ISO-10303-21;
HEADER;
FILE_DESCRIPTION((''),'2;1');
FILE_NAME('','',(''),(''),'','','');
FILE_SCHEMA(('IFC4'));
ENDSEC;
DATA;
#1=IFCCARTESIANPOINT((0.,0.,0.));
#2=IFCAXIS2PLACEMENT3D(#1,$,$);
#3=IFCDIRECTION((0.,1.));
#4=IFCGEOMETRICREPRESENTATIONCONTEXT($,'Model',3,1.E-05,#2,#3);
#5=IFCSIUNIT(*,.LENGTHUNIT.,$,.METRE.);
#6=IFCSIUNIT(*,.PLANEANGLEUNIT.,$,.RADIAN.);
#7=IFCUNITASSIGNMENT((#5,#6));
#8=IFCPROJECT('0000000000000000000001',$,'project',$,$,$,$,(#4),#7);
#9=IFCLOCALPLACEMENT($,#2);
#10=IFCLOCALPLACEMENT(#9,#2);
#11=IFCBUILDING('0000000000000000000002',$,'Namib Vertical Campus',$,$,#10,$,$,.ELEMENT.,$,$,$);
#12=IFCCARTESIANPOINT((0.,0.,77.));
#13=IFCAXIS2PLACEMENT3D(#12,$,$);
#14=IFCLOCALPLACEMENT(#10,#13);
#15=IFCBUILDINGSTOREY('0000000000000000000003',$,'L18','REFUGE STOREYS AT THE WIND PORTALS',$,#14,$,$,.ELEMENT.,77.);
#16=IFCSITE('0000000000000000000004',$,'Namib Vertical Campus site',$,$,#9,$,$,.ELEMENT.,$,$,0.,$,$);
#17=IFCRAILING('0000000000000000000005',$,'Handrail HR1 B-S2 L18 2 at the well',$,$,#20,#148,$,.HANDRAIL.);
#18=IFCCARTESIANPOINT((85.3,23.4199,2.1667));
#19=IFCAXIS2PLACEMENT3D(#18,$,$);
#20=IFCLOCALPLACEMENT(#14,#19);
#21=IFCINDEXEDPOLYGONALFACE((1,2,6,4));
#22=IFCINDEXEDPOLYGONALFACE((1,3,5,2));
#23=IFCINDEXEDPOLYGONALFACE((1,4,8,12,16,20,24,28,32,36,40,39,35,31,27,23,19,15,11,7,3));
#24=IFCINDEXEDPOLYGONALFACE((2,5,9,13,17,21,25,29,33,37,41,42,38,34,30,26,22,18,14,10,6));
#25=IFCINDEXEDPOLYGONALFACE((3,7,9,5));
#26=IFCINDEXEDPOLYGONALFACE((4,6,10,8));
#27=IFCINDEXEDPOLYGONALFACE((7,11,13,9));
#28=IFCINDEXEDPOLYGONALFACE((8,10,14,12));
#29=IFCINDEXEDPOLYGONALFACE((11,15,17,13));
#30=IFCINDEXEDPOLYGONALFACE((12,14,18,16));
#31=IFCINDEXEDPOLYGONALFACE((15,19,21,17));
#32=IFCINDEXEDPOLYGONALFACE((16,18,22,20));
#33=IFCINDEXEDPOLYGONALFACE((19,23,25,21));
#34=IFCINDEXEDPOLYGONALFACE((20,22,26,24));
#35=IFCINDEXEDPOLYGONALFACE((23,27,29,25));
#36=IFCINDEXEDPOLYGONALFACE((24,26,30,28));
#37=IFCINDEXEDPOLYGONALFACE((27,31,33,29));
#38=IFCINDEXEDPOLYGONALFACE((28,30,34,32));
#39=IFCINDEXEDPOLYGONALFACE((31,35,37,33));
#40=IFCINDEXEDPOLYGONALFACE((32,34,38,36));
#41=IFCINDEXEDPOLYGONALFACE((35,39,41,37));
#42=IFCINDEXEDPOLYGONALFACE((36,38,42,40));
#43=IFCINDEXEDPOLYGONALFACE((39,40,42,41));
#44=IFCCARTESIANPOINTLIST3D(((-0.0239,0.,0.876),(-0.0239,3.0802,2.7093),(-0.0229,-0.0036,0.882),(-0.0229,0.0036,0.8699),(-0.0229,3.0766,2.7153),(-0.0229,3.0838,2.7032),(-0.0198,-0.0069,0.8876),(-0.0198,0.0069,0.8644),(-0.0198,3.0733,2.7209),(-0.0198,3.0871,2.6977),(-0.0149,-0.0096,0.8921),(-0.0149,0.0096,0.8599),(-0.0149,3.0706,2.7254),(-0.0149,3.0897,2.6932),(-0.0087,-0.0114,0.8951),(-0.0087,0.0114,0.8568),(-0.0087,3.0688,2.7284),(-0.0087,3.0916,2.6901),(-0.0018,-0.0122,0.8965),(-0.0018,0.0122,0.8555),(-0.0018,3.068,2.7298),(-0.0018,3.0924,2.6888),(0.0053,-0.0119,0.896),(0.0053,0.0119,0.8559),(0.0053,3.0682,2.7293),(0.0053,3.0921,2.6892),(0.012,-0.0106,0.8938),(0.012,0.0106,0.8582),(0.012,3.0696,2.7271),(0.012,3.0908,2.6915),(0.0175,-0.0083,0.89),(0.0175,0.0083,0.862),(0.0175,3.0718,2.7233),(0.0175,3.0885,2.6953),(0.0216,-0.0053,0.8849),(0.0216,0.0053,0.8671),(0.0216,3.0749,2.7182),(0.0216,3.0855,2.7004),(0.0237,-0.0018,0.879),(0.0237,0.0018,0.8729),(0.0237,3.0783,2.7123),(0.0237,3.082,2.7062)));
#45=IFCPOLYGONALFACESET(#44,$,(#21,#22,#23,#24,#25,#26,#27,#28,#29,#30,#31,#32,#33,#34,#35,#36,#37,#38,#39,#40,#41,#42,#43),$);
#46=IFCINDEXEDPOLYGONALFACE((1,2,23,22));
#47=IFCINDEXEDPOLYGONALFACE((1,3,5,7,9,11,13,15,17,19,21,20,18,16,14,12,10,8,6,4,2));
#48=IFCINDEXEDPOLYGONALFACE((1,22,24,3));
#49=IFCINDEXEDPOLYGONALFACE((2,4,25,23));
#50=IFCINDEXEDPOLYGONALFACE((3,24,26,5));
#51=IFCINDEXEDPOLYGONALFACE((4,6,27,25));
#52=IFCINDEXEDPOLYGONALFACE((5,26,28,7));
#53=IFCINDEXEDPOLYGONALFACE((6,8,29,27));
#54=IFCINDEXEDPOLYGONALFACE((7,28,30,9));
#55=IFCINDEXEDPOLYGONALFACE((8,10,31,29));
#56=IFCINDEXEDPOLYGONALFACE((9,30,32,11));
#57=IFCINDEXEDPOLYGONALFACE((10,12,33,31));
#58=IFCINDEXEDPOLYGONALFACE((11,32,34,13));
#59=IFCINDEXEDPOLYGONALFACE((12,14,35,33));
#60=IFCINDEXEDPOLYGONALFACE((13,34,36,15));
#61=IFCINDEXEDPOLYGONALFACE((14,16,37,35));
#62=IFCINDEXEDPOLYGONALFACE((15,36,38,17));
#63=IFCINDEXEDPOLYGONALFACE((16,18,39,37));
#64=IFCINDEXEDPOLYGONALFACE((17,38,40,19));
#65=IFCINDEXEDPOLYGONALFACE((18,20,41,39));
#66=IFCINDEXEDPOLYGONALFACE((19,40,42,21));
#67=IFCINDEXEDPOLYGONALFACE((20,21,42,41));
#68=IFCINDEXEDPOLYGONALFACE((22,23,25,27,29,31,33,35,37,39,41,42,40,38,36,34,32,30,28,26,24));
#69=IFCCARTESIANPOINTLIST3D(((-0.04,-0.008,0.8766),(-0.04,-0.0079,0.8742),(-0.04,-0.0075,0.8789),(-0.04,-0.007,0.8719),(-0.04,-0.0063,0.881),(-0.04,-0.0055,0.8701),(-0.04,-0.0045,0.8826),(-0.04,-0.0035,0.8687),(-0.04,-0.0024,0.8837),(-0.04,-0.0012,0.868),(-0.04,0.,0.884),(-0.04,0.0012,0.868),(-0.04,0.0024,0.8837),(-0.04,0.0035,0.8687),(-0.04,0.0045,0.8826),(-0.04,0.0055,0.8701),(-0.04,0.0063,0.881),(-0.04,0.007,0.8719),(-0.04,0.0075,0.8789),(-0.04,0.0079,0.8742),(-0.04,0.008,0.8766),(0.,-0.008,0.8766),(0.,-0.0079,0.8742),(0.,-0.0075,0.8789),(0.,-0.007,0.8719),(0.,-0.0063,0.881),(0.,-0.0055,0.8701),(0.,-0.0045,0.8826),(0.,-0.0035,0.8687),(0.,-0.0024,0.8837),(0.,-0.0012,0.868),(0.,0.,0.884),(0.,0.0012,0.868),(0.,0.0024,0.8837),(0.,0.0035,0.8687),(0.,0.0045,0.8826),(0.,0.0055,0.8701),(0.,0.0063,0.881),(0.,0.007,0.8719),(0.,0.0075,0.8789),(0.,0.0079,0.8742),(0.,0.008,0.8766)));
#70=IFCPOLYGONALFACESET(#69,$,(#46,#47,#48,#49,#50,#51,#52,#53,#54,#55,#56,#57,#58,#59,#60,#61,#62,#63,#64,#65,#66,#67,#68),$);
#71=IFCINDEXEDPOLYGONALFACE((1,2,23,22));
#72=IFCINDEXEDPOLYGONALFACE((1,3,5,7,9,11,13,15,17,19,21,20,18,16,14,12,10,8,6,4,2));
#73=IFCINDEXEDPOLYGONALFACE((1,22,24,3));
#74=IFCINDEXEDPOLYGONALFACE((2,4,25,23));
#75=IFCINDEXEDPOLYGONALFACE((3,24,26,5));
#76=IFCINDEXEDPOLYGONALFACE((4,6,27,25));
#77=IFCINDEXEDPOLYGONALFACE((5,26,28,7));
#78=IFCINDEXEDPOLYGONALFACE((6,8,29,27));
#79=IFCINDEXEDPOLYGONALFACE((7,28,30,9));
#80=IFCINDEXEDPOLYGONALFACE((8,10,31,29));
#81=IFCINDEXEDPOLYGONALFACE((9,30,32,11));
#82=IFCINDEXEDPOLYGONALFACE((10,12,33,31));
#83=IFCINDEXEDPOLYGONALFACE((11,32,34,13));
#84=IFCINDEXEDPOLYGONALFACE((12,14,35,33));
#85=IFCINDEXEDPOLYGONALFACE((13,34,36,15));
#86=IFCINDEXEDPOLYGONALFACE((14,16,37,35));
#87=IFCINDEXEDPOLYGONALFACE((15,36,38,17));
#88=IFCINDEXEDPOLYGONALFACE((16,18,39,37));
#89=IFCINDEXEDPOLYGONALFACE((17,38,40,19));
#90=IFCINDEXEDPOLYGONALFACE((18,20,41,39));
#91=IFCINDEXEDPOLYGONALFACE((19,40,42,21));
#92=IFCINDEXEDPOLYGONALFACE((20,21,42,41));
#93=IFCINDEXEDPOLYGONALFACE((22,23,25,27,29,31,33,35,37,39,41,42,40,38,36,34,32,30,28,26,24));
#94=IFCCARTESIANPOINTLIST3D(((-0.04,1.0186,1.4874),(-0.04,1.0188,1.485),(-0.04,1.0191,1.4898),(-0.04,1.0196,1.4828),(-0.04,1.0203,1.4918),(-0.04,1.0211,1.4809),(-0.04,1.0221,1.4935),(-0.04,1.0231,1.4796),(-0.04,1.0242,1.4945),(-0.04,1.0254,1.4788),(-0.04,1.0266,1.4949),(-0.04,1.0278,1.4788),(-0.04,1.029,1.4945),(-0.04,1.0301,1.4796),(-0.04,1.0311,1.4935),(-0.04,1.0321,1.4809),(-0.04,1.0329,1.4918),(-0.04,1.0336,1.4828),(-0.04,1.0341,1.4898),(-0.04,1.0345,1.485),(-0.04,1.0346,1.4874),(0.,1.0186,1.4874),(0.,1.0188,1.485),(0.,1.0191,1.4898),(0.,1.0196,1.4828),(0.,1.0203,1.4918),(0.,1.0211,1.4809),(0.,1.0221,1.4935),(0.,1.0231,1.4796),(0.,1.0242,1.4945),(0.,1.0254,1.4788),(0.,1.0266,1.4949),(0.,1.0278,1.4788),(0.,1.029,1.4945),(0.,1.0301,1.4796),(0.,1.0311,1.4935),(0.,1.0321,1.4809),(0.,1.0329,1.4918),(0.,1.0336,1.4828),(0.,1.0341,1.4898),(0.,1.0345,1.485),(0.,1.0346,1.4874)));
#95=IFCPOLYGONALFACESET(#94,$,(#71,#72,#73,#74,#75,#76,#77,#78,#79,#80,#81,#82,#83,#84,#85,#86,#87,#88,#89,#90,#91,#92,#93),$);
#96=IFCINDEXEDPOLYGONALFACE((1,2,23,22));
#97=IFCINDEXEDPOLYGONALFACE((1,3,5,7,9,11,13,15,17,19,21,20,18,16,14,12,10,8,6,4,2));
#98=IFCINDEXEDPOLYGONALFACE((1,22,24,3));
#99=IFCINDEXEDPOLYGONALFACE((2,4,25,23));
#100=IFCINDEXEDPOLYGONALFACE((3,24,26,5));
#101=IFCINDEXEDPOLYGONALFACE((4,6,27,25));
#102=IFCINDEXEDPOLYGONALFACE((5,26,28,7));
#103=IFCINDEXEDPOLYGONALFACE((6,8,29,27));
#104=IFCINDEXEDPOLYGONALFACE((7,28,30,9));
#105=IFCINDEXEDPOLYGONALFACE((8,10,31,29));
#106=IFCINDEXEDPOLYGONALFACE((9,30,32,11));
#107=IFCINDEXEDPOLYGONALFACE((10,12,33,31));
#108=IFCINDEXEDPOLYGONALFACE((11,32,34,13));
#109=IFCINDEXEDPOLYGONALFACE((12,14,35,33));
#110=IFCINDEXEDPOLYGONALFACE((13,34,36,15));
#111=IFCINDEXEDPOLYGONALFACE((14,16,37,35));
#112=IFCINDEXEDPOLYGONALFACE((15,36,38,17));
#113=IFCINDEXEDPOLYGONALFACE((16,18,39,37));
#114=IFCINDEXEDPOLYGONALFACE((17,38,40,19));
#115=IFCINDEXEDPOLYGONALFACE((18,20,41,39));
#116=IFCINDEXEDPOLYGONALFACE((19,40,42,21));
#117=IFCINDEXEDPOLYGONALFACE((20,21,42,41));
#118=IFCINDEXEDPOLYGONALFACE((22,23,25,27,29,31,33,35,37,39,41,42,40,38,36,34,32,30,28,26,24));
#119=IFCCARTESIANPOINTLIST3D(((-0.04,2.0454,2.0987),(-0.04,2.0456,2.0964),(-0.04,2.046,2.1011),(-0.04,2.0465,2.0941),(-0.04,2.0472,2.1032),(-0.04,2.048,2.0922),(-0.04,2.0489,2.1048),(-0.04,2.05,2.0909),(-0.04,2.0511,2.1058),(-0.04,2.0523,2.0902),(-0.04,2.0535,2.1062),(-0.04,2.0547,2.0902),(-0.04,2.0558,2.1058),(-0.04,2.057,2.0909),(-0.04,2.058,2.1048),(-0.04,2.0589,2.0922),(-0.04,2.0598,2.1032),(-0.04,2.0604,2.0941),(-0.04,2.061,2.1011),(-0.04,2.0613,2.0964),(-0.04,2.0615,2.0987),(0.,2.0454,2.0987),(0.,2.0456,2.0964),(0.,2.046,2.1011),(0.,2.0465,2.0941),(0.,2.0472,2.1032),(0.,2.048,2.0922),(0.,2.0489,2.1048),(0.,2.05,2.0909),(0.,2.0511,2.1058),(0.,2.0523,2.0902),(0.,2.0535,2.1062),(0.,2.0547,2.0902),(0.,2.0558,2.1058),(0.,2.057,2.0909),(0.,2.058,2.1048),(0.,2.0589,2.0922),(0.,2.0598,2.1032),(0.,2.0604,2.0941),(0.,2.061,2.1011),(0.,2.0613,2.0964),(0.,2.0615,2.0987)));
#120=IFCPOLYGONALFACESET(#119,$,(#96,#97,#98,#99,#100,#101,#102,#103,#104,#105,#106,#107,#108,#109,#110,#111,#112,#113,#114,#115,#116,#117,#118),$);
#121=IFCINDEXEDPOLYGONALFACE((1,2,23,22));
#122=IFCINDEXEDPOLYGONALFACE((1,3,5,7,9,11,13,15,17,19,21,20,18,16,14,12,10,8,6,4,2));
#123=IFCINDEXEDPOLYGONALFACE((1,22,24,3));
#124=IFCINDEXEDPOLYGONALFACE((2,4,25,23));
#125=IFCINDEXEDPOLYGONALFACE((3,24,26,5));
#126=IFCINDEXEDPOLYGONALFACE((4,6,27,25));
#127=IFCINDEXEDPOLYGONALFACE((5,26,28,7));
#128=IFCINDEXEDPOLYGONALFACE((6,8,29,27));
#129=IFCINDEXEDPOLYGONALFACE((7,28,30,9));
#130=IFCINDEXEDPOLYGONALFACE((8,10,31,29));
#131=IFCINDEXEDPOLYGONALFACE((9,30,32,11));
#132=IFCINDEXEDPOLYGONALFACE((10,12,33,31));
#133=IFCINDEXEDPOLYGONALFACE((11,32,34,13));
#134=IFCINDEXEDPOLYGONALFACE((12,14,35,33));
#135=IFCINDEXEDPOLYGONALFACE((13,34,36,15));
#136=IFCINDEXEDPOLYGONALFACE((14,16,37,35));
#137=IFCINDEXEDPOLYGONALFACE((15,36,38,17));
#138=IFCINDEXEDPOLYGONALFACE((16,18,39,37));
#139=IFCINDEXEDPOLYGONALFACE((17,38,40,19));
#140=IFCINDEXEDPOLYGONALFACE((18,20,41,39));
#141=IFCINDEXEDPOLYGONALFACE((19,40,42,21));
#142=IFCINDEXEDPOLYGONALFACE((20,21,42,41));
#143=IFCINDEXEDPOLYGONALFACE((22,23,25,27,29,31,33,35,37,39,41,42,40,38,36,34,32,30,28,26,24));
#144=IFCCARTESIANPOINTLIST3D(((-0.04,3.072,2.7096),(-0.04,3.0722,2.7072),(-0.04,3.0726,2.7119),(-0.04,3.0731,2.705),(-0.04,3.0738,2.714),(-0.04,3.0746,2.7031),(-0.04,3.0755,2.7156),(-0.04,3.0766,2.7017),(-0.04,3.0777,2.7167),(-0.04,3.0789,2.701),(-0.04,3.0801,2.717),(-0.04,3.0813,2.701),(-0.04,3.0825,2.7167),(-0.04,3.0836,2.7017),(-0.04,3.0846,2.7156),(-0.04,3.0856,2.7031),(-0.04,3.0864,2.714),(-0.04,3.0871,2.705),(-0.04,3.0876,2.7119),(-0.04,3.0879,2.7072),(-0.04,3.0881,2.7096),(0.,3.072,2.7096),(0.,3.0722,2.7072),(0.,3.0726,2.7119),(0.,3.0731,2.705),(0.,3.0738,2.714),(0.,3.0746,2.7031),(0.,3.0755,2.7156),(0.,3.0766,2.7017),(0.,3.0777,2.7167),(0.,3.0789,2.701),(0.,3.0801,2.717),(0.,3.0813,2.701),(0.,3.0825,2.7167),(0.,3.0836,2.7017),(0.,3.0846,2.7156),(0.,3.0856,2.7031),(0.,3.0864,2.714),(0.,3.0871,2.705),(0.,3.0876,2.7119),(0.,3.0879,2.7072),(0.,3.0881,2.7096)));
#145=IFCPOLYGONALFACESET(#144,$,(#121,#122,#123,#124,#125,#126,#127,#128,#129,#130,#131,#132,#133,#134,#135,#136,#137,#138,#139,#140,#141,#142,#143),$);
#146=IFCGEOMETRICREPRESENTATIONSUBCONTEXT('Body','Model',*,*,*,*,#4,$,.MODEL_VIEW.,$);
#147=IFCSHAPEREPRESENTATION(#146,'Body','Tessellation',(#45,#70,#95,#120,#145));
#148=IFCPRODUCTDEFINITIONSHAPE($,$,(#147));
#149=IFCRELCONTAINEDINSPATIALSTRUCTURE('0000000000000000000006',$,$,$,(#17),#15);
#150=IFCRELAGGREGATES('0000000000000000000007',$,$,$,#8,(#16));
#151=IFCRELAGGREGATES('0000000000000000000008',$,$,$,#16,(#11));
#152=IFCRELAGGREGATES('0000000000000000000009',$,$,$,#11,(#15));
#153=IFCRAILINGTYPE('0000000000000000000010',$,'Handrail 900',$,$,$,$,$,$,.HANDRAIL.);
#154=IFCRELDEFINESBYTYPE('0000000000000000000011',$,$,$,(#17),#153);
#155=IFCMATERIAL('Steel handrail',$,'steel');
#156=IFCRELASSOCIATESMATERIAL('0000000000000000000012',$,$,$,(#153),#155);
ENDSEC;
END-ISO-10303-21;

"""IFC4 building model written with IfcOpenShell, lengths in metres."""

from ifc_helpers import new_model, si_unit, direction, frame, origin, origin_2d, place, context, subcontext, project, spatial, circle, extrude, material, type_object, element, save


model = new_model("IFC4")

# Units and contexts
model_context = context("Model", 3, precision=1e-05, world=origin(), true_north=direction((0.0, 1.0)))
body_context = subcontext(model_context, "Body", "Model", "MODEL_VIEW")
ifc_project = project(units=[si_unit("LENGTHUNIT", "METRE"), si_unit("PLANEANGLEUNIT", "RADIAN")], contexts=[model_context])

# Site, building, storey
site_placement = place(None, origin())
site = spatial("IfcSite", under=ifc_project, at=site_placement, Name="Namib Vertical Campus site", CompositionType="ELEMENT", RefElevation=0.0)
building_placement = place(site_placement, origin())
building = spatial("IfcBuilding", under=site, at=building_placement, Name="Namib Vertical Campus", CompositionType="ELEMENT")
storey_placement = place(building_placement, frame((0.0, 0.0, 77.0)))
storey = spatial("IfcBuildingStorey", under=building, at=storey_placement, Name="L18", Description="REFUGE STOREYS AT THE WIND PORTALS", CompositionType="ELEMENT", Elevation=77.0)

# Railing
ifc_material_1 = material(Name="Steel handrail", Category="steel")
railing_type = type_object("IfcRailingType", Name="Handrail 900", PredefinedType="HANDRAIL", material=ifc_material_1)
for number, where, name in (
    (1, (85.3, 23.4199, 2.1667), "Handrail HR1 B-S2 L18 2 at the well"),
):
    element("IfcRailing", number, at=place(storey_placement, frame(where)), inside=storey, type_object=railing_type, Name=name, PredefinedType="HANDRAIL", context=body_context, shape_type="SweptSolid", body=[
        extrude(circle(Radius=0.0239, at=origin_2d()), frame((0.0, 0.0, 0.876), z_axis=(0.0, 0.859309, 0.511458), x_axis=(-1.0, 0.0, 0.0)), (0.0, 0.0, 1.0), 3.5845),
        extrude(circle(Radius=0.0081, at=origin_2d()), frame((0.0, 0.0, 0.876), z_axis=(-1.0, 0.0, 0.0), x_axis=(0.0, 0.0, 1.0)), (0.0, 0.0, 1.0), 0.04),
        extrude(circle(Radius=0.0081, at=origin_2d()), frame((0.0, 1.0266, 1.4868), z_axis=(-1.0, 0.0, 0.0), x_axis=(0.0, 0.0, 1.0)), (0.0, 0.0, 1.0), 0.04),
        extrude(circle(Radius=0.0081, at=origin_2d()), frame((0.0, 2.0535, 2.0981), z_axis=(-1.0, 0.0, 0.0), x_axis=(0.0, 0.0, 1.0)), (0.0, 0.0, 1.0), 0.04),
        extrude(circle(Radius=0.0081, at=origin_2d()), frame((0.0, 3.0801, 2.709), z_axis=(-1.0, 0.0, 0.0), x_axis=(0.0, 0.0, 1.0)), (0.0, 0.0, 1.0), 0.04),
    ])

save(model, "model.ifc")
